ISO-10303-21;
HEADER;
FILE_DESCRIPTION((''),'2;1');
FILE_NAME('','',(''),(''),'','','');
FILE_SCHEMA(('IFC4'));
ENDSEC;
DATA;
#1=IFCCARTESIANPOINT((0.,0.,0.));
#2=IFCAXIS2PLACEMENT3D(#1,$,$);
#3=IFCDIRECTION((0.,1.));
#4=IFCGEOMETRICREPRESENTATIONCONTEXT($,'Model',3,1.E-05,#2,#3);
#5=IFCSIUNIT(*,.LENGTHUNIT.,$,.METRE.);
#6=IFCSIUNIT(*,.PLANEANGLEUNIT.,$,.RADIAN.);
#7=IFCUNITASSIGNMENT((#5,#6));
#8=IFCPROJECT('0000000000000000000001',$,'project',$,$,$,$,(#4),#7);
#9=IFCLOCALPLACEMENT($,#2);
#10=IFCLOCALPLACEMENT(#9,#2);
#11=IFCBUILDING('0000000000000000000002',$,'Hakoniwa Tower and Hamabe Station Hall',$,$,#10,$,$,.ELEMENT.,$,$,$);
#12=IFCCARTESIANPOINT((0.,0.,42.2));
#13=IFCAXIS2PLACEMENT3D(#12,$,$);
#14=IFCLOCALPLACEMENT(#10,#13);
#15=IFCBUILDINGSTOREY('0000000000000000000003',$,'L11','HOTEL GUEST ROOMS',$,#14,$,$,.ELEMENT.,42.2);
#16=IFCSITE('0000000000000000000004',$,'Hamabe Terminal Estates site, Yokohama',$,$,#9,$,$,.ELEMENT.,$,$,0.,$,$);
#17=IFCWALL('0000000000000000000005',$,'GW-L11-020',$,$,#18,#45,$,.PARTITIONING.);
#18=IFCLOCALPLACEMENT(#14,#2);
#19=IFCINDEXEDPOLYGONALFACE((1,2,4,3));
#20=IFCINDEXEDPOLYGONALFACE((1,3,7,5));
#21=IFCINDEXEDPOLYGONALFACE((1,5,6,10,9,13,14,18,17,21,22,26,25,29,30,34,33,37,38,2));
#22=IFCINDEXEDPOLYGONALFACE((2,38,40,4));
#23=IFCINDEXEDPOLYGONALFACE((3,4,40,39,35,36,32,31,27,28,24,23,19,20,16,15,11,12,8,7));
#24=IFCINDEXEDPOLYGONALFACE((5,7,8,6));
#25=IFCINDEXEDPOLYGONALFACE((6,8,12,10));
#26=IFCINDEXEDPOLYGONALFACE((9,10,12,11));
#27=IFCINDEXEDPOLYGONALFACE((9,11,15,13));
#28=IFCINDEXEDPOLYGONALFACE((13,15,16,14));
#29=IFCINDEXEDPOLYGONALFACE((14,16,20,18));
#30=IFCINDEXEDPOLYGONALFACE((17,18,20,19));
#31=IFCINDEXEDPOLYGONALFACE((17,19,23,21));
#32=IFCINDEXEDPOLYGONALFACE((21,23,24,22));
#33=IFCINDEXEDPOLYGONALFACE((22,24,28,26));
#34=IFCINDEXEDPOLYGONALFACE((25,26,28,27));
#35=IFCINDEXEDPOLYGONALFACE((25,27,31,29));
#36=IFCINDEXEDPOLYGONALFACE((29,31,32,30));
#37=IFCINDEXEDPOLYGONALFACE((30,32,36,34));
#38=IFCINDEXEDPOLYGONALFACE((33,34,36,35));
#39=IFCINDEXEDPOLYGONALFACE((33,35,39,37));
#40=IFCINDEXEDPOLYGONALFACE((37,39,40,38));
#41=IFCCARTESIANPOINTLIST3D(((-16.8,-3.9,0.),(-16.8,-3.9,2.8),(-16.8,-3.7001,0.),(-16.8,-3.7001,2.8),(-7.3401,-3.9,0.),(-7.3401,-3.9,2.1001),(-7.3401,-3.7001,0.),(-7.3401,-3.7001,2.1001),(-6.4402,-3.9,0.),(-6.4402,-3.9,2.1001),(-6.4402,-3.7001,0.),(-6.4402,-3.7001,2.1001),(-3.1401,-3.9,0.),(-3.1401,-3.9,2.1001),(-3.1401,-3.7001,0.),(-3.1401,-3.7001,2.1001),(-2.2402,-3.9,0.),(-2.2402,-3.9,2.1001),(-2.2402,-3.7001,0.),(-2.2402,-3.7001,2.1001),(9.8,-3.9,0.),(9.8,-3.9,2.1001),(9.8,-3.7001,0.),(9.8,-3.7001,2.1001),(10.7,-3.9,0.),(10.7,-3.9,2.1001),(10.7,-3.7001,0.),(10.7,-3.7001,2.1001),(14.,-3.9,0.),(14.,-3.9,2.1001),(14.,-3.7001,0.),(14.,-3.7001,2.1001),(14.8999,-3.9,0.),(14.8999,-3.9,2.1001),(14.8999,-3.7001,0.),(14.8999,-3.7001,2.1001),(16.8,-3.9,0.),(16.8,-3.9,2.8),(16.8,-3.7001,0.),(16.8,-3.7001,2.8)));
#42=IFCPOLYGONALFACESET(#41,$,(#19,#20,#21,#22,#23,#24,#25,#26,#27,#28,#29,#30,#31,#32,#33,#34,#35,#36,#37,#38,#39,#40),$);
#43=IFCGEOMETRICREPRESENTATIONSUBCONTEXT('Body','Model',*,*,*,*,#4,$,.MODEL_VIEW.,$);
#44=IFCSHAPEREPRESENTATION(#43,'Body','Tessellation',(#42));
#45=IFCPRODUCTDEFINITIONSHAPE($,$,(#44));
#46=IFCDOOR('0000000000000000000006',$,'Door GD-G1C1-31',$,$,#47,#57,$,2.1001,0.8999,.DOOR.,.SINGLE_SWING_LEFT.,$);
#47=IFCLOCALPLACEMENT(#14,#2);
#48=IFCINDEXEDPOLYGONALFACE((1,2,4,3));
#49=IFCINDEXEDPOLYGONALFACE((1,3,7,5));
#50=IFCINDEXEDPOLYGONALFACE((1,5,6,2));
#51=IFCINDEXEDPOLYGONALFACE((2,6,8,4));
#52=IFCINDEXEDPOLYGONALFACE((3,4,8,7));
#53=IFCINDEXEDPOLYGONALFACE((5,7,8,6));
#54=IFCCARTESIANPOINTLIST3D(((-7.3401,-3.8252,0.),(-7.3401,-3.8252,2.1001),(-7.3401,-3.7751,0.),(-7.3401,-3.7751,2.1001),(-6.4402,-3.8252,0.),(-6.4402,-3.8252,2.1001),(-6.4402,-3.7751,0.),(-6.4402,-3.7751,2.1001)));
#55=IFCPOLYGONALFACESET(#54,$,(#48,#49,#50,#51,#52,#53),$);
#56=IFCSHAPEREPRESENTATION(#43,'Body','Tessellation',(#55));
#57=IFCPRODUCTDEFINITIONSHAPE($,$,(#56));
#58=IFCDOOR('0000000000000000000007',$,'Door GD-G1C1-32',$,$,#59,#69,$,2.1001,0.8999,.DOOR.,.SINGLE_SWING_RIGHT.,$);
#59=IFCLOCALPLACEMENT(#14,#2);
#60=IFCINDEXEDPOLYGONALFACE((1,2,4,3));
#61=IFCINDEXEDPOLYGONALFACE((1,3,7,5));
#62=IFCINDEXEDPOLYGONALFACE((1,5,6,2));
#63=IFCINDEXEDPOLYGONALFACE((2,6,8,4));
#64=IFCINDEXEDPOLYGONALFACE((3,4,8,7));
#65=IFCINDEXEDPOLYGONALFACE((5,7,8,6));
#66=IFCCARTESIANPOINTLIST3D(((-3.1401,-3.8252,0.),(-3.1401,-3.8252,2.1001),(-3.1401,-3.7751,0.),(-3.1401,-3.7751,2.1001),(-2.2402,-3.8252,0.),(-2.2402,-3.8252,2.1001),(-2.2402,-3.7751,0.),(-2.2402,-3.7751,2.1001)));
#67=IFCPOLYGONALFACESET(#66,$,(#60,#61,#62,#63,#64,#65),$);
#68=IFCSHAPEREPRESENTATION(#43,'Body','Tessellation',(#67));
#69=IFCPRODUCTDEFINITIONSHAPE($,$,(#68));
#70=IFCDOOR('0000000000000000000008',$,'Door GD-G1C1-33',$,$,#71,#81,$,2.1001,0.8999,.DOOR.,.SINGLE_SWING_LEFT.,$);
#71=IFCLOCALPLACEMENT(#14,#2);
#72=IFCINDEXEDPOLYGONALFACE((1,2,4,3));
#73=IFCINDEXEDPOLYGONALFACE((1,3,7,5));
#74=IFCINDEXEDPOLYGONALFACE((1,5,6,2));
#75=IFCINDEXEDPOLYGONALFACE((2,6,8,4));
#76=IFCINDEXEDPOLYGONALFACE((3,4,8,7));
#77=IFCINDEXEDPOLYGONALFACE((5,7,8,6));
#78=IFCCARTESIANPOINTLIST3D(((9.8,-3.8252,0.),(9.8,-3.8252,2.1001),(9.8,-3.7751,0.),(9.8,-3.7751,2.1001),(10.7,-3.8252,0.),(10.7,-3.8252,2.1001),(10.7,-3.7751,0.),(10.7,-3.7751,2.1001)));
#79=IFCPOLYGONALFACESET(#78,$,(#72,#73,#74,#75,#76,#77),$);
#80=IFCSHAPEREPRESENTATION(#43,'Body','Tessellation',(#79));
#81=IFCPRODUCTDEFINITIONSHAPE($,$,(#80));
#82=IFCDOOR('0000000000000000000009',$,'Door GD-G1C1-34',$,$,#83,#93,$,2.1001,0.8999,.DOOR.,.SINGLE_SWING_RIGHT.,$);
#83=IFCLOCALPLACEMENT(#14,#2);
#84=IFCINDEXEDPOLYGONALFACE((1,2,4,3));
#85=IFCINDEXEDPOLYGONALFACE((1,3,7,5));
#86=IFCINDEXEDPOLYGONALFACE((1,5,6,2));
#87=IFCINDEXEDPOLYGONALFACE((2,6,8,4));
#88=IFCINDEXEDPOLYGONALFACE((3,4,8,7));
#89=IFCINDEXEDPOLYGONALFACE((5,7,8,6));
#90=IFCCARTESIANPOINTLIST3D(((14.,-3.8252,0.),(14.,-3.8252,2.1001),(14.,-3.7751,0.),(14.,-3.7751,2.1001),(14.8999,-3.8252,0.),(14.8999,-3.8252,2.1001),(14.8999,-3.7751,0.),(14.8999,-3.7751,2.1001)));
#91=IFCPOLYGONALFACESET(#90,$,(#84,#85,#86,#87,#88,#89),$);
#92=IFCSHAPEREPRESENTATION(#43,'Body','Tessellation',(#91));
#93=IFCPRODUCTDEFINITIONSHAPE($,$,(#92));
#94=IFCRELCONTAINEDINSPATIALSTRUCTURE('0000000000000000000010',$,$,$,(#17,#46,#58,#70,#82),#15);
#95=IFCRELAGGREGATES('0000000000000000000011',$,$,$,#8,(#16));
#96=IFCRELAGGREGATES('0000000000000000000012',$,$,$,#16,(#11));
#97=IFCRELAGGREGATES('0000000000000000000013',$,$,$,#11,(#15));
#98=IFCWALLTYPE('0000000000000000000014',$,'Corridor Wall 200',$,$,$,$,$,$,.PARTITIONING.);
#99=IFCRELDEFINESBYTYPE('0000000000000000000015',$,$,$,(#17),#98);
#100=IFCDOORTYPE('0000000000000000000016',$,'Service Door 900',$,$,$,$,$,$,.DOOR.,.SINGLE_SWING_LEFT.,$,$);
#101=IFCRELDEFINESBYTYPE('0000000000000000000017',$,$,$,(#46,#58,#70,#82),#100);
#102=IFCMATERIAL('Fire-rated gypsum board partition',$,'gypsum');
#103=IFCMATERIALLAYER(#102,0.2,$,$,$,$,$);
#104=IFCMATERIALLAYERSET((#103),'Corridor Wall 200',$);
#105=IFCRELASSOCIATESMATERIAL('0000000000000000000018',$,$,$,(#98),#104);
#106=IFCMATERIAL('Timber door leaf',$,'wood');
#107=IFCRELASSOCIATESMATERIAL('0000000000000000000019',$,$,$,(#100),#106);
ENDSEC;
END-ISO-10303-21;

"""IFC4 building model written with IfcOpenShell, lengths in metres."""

from ifc_helpers import new_model, si_unit, direction, frame, frame_2d, origin, place, context, subcontext, project, spatial, rectangle, extrude, material, layer, layer_set, type_object, element, fill, save


model = new_model("IFC4")

# Units and contexts
model_context = context("Model", 3, precision=1e-05, world=origin(), true_north=direction((0.0, 1.0)))
body_context = subcontext(model_context, "Body", "Model", "MODEL_VIEW")
ifc_project = project(units=[si_unit("LENGTHUNIT", "METRE"), si_unit("PLANEANGLEUNIT", "RADIAN")], contexts=[model_context])

# Site, building, storey
site_placement = place(None, origin())
site = spatial("IfcSite", under=ifc_project, at=site_placement, Name="Hamabe Terminal Estates site, Yokohama", CompositionType="ELEMENT", RefElevation=0.0)
building_placement = place(site_placement, origin())
building = spatial("IfcBuilding", under=site, at=building_placement, Name="Hakoniwa Tower and Hamabe Station Hall", CompositionType="ELEMENT")
storey_placement = place(building_placement, frame((0.0, 0.0, 42.2)))
storey = spatial("IfcBuildingStorey", under=building, at=storey_placement, Name="L11", Description="HOTEL GUEST ROOMS", CompositionType="ELEMENT", Elevation=42.2)

# Wall, openings, doors
ifc_material_1 = material(Name="Fire-rated gypsum board partition", Category="gypsum")
ifc_layer_1 = layer(ifc_material_1, 0.2)
ifc_layer_set_1 = layer_set([ifc_layer_1], Name="Corridor Wall 200")
wall_type_1 = type_object("IfcWallType", Name="Corridor Wall 200", PredefinedType="PARTITIONING", material=ifc_layer_set_1)
ifc_material_2 = material(Name="Timber door leaf", Category="wood")
door_type_1 = type_object("IfcDoorType", Name="Service Door 900", OperationType="SINGLE_SWING_LEFT", PredefinedType="DOOR", material=ifc_material_2)
wall_1_placement = place(storey_placement, frame((-16.8, -3.8, 0.0), z_axis=(0.0, 0.0, 1.0), x_axis=(1.0, 0.0, 0.0)))
wall_1 = element("IfcWall", 1, at=wall_1_placement, inside=storey, type_object=wall_type_1, Name="GW-L11-020", PredefinedType="PARTITIONING", context=body_context, shape_type="SweptSolid", body=[
    extrude(rectangle(XDim=33.6001, YDim=0.2, at=frame_2d((16.8, 0.0))), origin(), (0.0, 0.0, 1.0), 2.8),
])
opening_1_placement = place(wall_1_placement, frame((9.46, 0.0, 0.0)))
opening_1 = element("IfcOpeningElement", 2, at=opening_1_placement, cuts=wall_1, PredefinedType="OPENING", context=body_context, shape_type="SweptSolid", body=[
    extrude(rectangle(XDim=0.8999, YDim=2.1001, at=frame_2d((0.45, 1.05))), frame((0.0, 0.1099, 0.0), z_axis=(0.0, -1.0, 0.0), x_axis=(1.0, 0.0, 0.0)), (0.0, 0.0, 1.0), 0.22),
])
opening_2_placement = place(wall_1_placement, frame((13.6599, 0.0, 0.0)))
opening_2 = element("IfcOpeningElement", 3, at=opening_2_placement, cuts=wall_1, PredefinedType="OPENING", context=body_context, shape_type="SweptSolid", body=[
    extrude(rectangle(XDim=0.8999, YDim=2.1001, at=frame_2d((0.45, 1.05))), frame((0.0, 0.1099, 0.0), z_axis=(0.0, -1.0, 0.0), x_axis=(1.0, 0.0, 0.0)), (0.0, 0.0, 1.0), 0.22),
])
opening_3_placement = place(wall_1_placement, frame((26.6001, 0.0, 0.0)))
opening_3 = element("IfcOpeningElement", 4, at=opening_3_placement, cuts=wall_1, PredefinedType="OPENING", context=body_context, shape_type="SweptSolid", body=[
    extrude(rectangle(XDim=0.8999, YDim=2.1001, at=frame_2d((0.45, 1.05))), frame((0.0, 0.1099, 0.0), z_axis=(0.0, -1.0, 0.0), x_axis=(1.0, 0.0, 0.0)), (0.0, 0.0, 1.0), 0.22),
])
opening_4_placement = place(wall_1_placement, frame((30.8, 0.0, 0.0)))
opening_4 = element("IfcOpeningElement", 5, at=opening_4_placement, cuts=wall_1, PredefinedType="OPENING", context=body_context, shape_type="SweptSolid", body=[
    extrude(rectangle(XDim=0.8999, YDim=2.1001, at=frame_2d((0.45, 1.05))), frame((0.0, 0.1099, 0.0), z_axis=(0.0, -1.0, 0.0), x_axis=(1.0, 0.0, 0.0)), (0.0, 0.0, 1.0), 0.22),
])
door_1_placement = place(opening_1_placement, origin())
door_1 = element("IfcDoor", 6, at=door_1_placement, inside=storey, type_object=door_type_1, Name="Door GD-G1C1-31", OperationType="SINGLE_SWING_LEFT", OverallHeight=2.1001, OverallWidth=0.8999, PredefinedType="DOOR", context=body_context, shape_type="SweptSolid", body=[
    extrude(rectangle(XDim=0.8999, YDim=2.1001, at=frame_2d((0.45, 1.05))), frame((0.0, 0.0249, 0.0), z_axis=(0.0, -1.0, 0.0), x_axis=(1.0, 0.0, 0.0)), (0.0, 0.0, 1.0), 0.05),
])
fill(opening_1, door_1)
door_2_placement = place(opening_2_placement, origin())
door_2 = element("IfcDoor", 7, at=door_2_placement, inside=storey, type_object=door_type_1, Name="Door GD-G1C1-32", OperationType="SINGLE_SWING_RIGHT", OverallHeight=2.1001, OverallWidth=0.8999, PredefinedType="DOOR", context=body_context, shape_type="SweptSolid", body=[
    extrude(rectangle(XDim=0.8999, YDim=2.1001, at=frame_2d((0.45, 1.05))), frame((0.0, 0.0249, 0.0), z_axis=(0.0, -1.0, 0.0), x_axis=(1.0, 0.0, 0.0)), (0.0, 0.0, 1.0), 0.05),
])
fill(opening_2, door_2)
door_3_placement = place(opening_3_placement, origin())
door_3 = element("IfcDoor", 8, at=door_3_placement, inside=storey, type_object=door_type_1, Name="Door GD-G1C1-33", OperationType="SINGLE_SWING_LEFT", OverallHeight=2.1001, OverallWidth=0.8999, PredefinedType="DOOR", context=body_context, shape_type="SweptSolid", body=[
    extrude(rectangle(XDim=0.8999, YDim=2.1001, at=frame_2d((0.45, 1.05))), frame((0.0, 0.0249, 0.0), z_axis=(0.0, -1.0, 0.0), x_axis=(1.0, 0.0, 0.0)), (0.0, 0.0, 1.0), 0.05),
])
fill(opening_3, door_3)
door_4_placement = place(opening_4_placement, origin())
door_4 = element("IfcDoor", 9, at=door_4_placement, inside=storey, type_object=door_type_1, Name="Door GD-G1C1-34", OperationType="SINGLE_SWING_RIGHT", OverallHeight=2.1001, OverallWidth=0.8999, PredefinedType="DOOR", context=body_context, shape_type="SweptSolid", body=[
    extrude(rectangle(XDim=0.8999, YDim=2.1001, at=frame_2d((0.45, 1.05))), frame((0.0, 0.0249, 0.0), z_axis=(0.0, -1.0, 0.0), x_axis=(1.0, 0.0, 0.0)), (0.0, 0.0, 1.0), 0.05),
])
fill(opening_4, door_4)

save(model, "model.ifc")
